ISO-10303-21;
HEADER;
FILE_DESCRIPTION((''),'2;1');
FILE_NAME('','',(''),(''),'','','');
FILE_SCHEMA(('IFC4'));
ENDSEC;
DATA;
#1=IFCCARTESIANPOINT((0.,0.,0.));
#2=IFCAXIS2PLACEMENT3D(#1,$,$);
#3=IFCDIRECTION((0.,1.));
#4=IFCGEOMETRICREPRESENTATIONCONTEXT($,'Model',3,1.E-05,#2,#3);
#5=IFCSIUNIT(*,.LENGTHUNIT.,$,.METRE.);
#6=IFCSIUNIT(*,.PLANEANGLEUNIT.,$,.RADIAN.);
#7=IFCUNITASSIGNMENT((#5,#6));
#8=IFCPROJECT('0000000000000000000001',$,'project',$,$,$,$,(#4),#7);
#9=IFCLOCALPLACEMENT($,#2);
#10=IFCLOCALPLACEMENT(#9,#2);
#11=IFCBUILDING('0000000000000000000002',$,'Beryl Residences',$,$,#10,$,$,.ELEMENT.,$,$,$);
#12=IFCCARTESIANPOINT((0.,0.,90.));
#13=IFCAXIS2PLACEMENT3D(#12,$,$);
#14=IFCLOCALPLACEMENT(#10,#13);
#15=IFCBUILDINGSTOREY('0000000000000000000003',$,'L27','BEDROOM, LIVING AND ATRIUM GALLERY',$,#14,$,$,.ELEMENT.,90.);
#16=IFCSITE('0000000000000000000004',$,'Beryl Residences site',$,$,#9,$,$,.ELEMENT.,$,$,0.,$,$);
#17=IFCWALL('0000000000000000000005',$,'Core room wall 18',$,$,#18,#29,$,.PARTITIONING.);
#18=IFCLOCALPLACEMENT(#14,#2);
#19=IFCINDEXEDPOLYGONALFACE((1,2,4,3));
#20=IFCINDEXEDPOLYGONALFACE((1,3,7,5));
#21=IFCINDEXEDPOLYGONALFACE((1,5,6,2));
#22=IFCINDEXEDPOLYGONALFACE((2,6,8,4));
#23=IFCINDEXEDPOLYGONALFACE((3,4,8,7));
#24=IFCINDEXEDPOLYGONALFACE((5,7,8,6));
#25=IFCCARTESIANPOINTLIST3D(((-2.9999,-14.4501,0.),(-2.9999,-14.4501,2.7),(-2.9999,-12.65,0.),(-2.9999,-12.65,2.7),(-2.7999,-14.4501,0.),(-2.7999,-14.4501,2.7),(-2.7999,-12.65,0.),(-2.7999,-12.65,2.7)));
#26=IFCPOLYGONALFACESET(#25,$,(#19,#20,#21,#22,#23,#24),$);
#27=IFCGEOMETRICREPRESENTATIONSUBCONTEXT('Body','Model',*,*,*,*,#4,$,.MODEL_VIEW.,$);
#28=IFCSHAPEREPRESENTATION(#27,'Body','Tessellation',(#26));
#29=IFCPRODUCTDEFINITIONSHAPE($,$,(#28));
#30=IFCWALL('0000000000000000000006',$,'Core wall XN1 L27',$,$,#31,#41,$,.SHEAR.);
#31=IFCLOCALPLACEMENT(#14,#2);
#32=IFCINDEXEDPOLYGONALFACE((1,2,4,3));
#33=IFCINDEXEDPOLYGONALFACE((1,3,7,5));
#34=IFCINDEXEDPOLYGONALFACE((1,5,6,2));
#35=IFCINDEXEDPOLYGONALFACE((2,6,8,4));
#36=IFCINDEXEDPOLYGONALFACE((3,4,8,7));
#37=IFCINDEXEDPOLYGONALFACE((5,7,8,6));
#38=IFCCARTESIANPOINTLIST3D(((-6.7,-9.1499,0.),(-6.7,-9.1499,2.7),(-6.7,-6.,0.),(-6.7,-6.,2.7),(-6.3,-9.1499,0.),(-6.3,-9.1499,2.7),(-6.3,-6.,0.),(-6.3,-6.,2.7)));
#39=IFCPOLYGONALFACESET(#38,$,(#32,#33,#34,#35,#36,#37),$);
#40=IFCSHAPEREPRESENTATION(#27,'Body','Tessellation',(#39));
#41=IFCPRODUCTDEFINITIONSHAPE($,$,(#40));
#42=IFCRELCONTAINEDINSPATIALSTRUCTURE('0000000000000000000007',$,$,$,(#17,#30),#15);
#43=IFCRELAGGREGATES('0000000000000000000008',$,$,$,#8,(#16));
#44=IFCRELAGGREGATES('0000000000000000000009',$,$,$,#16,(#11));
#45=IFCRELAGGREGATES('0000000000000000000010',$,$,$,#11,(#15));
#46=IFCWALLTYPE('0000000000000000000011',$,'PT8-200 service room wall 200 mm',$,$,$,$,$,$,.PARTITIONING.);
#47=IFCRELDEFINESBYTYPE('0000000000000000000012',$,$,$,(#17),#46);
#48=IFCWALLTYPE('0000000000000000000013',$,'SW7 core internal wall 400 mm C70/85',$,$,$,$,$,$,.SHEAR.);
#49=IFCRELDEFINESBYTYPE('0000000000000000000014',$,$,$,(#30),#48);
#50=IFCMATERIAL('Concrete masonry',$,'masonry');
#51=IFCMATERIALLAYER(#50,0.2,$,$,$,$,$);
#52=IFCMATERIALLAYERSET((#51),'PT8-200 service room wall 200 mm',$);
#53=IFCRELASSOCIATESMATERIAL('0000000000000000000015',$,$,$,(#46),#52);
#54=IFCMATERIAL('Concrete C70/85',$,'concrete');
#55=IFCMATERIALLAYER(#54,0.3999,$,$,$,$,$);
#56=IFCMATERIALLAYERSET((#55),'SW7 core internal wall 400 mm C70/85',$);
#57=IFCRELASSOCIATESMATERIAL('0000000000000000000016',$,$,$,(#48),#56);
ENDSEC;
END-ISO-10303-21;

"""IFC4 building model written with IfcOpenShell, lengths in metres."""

from ifc_helpers import new_model, si_unit, direction, frame, frame_2d, origin, place, context, subcontext, project, spatial, rectangle, extrude, material, layer, layer_set, type_object, element, save


model = new_model("IFC4")

# Units and contexts
model_context = context("Model", 3, precision=1e-05, world=origin(), true_north=direction((0.0, 1.0)))
body_context = subcontext(model_context, "Body", "Model", "MODEL_VIEW")
ifc_project = project(units=[si_unit("LENGTHUNIT", "METRE"), si_unit("PLANEANGLEUNIT", "RADIAN")], contexts=[model_context])

# Site, building, storey
site_placement = place(None, origin())
site = spatial("IfcSite", under=ifc_project, at=site_placement, Name="Beryl Residences site", CompositionType="ELEMENT", RefElevation=0.0)
building_placement = place(site_placement, origin())
building = spatial("IfcBuilding", under=site, at=building_placement, Name="Beryl Residences", CompositionType="ELEMENT")
storey_placement = place(building_placement, frame((0.0, 0.0, 90.0)))
storey = spatial("IfcBuildingStorey", under=building, at=storey_placement, Name="L27", Description="BEDROOM, LIVING AND ATRIUM GALLERY", CompositionType="ELEMENT", Elevation=90.0)

# Wall
ifc_material_1 = material(Name="Concrete masonry", Category="masonry")
ifc_layer_1 = layer(ifc_material_1, 0.2)
ifc_layer_set_1 = layer_set([ifc_layer_1], Name="PT8-200 service room wall 200 mm")
wall_type_1 = type_object("IfcWallType", Name="PT8-200 service room wall 200 mm", PredefinedType="PARTITIONING", material=ifc_layer_set_1)
wall_1_placement = place(storey_placement, frame((-2.8999, -14.45, 0.0), z_axis=(0.0, 0.0, 1.0), x_axis=(0.0, 1.0, 0.0)))
element("IfcWall", 1, at=wall_1_placement, inside=storey, type_object=wall_type_1, Name="Core room wall 18", PredefinedType="PARTITIONING", context=body_context, shape_type="SweptSolid", body=[
    extrude(rectangle(XDim=1.8, YDim=0.2, at=frame_2d((0.8999, 0.0))), origin(), (0.0, 0.0, 1.0), 2.7),
])

# Shared definitions
ifc_material_2 = material(Name="Concrete C70/85", Category="concrete")
ifc_layer_2 = layer(ifc_material_2, 0.3999)
ifc_layer_set_2 = layer_set([ifc_layer_2], Name="SW7 core internal wall 400 mm C70/85")
wall_type_2 = type_object("IfcWallType", Name="SW7 core internal wall 400 mm C70/85", PredefinedType="SHEAR", material=ifc_layer_set_2)

# Wall
wall_2_placement = place(storey_placement, frame((-6.5, -9.1499, 0.0), z_axis=(0.0, 0.0, 1.0), x_axis=(0.0, 1.0, 0.0)))
element("IfcWall", 2, at=wall_2_placement, inside=storey, type_object=wall_type_2, Name="Core wall XN1 L27", PredefinedType="SHEAR", context=body_context, shape_type="SweptSolid", body=[
    extrude(rectangle(XDim=3.1499, YDim=0.3999, at=frame_2d((1.575, 0.0))), origin(), (0.0, 0.0, 1.0), 2.7),
])

save(model, "model.ifc")
